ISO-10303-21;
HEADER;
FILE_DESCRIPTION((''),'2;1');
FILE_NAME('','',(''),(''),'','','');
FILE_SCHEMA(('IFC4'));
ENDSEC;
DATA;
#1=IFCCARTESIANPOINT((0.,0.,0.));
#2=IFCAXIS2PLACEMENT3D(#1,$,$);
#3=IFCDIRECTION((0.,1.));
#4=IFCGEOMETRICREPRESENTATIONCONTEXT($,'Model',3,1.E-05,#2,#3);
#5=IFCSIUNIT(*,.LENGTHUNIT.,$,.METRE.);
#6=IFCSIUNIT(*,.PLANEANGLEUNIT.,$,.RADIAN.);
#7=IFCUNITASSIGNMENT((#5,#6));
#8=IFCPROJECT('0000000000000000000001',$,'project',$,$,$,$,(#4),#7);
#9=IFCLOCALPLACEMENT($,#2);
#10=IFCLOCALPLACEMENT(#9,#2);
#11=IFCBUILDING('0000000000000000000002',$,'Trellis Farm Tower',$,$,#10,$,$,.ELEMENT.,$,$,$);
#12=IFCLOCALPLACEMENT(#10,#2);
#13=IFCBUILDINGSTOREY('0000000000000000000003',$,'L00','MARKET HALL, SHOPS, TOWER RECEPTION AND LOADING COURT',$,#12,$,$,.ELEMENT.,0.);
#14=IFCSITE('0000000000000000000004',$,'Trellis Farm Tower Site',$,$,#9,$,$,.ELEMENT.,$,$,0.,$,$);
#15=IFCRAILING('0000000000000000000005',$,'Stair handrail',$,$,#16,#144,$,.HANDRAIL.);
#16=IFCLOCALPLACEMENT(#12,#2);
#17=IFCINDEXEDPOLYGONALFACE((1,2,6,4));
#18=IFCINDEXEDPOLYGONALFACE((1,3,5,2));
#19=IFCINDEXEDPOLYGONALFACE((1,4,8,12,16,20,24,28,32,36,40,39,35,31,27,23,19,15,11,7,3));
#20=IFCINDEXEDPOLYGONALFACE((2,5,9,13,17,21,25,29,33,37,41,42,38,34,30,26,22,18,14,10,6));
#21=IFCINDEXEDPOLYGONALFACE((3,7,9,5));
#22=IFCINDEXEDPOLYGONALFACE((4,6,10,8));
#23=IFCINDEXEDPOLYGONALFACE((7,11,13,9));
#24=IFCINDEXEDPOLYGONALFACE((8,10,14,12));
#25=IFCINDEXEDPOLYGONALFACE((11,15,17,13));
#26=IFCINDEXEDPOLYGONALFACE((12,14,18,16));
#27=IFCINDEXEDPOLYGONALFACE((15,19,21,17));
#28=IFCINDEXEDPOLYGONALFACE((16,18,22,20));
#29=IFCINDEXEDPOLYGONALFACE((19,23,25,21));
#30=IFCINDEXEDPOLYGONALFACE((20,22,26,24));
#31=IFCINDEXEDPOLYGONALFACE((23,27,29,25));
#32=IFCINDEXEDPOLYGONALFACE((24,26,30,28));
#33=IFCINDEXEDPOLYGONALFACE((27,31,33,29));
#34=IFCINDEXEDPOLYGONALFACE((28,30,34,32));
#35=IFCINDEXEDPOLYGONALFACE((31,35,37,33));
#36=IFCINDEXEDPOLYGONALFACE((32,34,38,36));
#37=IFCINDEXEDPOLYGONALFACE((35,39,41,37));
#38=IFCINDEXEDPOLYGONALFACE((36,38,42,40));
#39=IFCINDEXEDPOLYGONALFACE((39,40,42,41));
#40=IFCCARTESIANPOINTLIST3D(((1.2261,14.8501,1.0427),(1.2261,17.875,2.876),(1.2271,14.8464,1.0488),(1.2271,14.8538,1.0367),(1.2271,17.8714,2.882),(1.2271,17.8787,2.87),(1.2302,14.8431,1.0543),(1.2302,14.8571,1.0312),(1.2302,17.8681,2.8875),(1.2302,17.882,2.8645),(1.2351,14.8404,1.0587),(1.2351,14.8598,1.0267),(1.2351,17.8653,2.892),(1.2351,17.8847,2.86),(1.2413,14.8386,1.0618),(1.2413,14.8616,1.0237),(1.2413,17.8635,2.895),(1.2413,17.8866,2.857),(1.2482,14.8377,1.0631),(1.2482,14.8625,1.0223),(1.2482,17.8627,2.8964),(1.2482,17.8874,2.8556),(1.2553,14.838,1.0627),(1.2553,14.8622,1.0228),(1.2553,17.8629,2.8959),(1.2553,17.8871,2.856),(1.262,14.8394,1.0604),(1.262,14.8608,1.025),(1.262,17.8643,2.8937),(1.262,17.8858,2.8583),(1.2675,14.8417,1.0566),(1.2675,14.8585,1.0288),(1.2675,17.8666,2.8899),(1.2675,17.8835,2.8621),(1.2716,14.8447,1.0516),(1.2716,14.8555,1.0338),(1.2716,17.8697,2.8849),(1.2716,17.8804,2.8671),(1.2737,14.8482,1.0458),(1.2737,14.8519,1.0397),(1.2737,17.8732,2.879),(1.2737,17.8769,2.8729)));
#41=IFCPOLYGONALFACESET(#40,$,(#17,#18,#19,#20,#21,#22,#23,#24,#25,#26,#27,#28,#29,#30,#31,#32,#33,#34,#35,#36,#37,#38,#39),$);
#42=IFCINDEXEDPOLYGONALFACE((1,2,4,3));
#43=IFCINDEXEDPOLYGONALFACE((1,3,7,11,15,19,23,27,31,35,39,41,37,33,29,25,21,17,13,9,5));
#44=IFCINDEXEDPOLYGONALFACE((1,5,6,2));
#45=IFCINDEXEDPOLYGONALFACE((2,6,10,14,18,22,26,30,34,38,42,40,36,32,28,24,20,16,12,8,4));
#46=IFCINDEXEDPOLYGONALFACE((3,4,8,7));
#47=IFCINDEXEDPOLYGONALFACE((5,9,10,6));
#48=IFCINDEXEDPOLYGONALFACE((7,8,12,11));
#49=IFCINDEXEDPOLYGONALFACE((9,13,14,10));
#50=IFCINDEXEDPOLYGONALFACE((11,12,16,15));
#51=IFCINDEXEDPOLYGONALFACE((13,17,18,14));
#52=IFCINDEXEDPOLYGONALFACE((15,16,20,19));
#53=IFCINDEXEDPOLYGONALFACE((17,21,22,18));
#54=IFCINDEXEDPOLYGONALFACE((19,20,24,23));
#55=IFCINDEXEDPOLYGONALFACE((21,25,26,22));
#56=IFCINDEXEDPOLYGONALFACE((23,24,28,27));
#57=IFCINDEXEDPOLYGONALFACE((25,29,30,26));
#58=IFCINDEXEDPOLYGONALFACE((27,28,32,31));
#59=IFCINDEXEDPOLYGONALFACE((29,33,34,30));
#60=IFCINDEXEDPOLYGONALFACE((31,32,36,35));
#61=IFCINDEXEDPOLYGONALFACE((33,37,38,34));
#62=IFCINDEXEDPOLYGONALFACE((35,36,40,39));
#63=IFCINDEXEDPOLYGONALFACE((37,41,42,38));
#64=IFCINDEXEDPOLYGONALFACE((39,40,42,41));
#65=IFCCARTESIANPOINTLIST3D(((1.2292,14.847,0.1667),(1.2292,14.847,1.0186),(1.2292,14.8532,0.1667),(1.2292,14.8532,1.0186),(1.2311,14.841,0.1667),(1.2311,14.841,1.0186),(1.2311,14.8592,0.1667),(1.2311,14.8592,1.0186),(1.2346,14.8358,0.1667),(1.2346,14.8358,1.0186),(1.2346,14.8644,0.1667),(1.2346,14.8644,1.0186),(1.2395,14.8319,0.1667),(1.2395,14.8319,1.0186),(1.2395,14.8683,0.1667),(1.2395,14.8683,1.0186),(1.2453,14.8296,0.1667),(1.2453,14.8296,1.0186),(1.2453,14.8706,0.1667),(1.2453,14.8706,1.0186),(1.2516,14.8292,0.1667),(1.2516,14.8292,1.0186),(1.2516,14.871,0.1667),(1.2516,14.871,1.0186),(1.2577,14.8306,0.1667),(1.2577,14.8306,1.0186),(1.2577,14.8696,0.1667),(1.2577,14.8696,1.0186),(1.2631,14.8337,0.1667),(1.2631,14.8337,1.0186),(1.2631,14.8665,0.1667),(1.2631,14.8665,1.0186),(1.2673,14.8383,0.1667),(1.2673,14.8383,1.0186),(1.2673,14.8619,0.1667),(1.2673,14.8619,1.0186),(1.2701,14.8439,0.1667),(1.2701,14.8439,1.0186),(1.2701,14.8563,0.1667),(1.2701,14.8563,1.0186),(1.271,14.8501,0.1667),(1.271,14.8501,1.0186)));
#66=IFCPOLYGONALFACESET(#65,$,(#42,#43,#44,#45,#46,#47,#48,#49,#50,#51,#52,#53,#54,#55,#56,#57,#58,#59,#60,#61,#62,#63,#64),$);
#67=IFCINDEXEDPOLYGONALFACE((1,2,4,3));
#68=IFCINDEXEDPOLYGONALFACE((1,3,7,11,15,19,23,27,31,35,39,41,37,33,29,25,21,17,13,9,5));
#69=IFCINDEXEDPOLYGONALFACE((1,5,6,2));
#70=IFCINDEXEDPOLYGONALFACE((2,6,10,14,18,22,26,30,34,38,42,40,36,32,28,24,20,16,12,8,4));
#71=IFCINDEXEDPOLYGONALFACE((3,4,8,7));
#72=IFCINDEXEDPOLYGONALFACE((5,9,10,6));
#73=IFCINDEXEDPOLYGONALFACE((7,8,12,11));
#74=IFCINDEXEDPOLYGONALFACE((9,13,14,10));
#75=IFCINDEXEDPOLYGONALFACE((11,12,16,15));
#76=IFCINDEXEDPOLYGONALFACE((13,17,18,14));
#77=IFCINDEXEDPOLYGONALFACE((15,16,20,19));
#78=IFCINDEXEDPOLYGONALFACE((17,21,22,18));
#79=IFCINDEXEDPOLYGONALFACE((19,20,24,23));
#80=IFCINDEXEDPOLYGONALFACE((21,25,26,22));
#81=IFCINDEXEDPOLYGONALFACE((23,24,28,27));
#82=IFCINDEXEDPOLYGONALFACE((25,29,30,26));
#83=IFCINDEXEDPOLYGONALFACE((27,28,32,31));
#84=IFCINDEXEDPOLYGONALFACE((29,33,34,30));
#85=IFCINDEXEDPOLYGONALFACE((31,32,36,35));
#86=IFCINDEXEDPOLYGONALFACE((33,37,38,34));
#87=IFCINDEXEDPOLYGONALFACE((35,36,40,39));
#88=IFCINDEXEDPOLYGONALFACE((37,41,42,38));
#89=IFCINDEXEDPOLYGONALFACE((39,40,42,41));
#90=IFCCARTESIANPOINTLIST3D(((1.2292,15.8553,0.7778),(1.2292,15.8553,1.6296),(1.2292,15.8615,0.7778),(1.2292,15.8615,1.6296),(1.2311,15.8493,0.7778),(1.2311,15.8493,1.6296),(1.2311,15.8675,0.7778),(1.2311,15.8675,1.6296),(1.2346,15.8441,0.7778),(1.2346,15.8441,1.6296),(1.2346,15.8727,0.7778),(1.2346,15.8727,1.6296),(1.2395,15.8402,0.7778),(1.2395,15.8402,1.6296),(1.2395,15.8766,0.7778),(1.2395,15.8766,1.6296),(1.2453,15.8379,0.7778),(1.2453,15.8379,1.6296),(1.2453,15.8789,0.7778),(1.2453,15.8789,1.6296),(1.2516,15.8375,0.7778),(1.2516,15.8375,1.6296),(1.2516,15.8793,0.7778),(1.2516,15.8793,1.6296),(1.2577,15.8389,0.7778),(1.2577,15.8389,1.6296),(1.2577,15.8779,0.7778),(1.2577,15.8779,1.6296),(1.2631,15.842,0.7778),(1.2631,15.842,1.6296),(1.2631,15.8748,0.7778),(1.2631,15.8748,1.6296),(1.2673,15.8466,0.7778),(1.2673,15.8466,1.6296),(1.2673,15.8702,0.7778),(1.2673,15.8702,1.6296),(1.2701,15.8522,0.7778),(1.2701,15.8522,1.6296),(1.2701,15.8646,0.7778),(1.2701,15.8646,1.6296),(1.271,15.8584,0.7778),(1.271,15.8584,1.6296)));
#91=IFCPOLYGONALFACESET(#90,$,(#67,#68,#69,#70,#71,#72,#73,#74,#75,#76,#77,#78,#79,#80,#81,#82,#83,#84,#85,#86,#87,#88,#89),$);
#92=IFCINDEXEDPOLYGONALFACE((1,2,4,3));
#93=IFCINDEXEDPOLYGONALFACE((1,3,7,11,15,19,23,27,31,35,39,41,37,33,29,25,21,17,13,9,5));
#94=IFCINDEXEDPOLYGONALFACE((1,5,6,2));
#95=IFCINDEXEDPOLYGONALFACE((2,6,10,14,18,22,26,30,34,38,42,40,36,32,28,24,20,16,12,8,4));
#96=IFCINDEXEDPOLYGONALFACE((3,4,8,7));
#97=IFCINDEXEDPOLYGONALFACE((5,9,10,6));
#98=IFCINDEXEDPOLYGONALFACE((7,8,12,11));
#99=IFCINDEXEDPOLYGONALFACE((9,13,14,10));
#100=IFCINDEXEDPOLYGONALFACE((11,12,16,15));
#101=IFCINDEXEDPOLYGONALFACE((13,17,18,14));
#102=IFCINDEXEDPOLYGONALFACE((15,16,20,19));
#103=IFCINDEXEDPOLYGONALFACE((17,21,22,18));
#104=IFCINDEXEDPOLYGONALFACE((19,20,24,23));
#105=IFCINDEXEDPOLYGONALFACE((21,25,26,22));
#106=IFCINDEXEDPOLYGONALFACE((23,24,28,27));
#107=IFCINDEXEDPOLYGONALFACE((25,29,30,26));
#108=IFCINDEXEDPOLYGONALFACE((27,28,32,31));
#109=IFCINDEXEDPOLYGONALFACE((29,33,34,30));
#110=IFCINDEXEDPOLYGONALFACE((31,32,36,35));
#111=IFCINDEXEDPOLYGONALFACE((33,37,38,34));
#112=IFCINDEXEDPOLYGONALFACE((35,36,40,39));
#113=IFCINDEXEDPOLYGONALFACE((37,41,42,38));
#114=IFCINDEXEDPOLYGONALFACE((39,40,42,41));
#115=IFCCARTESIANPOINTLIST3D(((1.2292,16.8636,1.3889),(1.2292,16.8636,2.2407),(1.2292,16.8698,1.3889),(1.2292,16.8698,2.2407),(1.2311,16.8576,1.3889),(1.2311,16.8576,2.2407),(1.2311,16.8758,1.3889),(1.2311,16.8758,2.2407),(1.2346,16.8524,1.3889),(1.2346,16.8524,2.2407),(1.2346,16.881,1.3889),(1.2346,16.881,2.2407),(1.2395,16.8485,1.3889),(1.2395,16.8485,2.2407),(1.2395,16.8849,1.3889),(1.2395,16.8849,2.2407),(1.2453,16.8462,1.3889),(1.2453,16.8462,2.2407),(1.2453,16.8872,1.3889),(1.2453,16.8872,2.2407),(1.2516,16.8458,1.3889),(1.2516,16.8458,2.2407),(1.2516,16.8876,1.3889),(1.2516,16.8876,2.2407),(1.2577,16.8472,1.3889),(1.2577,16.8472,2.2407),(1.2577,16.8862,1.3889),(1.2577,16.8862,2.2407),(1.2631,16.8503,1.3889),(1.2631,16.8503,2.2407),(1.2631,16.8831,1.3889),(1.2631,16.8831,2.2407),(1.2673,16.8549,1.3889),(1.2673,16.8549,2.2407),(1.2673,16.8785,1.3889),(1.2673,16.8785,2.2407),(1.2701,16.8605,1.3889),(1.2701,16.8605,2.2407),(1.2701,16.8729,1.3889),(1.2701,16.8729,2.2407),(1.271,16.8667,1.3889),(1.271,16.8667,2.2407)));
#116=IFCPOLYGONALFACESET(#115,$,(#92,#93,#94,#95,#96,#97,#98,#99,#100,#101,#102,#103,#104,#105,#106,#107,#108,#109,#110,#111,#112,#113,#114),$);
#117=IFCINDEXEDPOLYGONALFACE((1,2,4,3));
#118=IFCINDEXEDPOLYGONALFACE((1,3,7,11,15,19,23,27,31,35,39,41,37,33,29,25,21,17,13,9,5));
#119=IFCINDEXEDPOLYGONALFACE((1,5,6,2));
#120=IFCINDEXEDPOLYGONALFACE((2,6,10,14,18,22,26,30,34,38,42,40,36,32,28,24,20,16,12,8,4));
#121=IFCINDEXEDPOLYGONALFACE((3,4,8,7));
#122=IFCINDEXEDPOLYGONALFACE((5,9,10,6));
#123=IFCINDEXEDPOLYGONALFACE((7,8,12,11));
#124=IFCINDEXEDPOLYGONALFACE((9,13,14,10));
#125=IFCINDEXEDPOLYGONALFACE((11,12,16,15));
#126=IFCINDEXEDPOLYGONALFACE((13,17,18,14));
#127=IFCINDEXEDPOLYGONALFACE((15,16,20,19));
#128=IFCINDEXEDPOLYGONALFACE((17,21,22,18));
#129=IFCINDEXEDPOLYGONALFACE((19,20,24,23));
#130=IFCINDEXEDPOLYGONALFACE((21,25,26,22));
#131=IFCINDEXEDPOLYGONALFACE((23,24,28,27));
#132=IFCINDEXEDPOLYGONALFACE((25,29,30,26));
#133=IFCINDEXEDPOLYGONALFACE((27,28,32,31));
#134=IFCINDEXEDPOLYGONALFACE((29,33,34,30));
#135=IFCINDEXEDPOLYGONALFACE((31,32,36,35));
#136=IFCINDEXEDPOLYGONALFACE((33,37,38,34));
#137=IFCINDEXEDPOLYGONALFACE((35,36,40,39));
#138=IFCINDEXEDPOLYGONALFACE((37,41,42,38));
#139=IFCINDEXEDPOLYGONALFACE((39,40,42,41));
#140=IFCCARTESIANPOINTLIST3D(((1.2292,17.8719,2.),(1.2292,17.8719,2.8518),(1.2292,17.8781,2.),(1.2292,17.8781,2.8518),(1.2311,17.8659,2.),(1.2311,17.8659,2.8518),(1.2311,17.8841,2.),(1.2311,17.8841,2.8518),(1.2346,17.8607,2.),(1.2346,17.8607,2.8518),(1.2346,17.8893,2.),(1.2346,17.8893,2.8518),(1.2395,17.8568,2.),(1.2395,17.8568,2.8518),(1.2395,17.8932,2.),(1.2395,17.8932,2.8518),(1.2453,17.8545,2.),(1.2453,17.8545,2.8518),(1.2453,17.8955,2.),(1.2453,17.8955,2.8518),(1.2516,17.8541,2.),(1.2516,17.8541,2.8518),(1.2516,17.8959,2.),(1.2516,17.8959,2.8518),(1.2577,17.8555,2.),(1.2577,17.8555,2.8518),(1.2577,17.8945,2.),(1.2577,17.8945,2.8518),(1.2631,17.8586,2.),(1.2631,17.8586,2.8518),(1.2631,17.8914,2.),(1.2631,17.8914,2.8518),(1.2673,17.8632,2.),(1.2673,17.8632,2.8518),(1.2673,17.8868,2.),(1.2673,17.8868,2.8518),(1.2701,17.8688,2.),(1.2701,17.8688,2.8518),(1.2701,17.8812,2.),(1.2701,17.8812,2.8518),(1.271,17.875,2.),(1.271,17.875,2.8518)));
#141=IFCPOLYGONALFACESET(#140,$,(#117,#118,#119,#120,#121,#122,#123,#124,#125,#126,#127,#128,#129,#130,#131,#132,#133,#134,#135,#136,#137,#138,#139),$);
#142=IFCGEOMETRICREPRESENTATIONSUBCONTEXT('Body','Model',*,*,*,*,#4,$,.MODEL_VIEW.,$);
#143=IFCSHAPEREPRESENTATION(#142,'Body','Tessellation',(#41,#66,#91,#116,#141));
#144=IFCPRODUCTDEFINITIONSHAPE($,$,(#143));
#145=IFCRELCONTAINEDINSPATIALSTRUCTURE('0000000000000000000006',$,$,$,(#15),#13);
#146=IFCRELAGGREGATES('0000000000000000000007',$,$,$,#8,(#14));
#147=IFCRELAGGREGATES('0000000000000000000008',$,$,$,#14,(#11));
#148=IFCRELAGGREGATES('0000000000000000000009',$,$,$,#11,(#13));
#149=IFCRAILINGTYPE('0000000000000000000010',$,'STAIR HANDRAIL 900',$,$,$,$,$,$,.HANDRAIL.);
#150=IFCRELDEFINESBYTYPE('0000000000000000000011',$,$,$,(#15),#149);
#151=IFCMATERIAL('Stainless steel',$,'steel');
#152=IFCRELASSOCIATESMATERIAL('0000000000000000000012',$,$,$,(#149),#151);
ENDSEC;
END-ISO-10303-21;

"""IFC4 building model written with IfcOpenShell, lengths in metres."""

from ifc_helpers import new_model, si_unit, direction, frame, origin, origin_2d, place, context, subcontext, project, spatial, circle, extrude, source, transform, mapped, material, type_object, element, save


model = new_model("IFC4")

# Units and contexts
model_context = context("Model", 3, precision=1e-05, world=origin(), true_north=direction((0.0, 1.0)))
body_context = subcontext(model_context, "Body", "Model", "MODEL_VIEW")
ifc_project = project(units=[si_unit("LENGTHUNIT", "METRE"), si_unit("PLANEANGLEUNIT", "RADIAN")], contexts=[model_context])

# Site, building, storey
site_placement = place(None, origin())
site = spatial("IfcSite", under=ifc_project, at=site_placement, Name="Trellis Farm Tower Site", CompositionType="ELEMENT", RefElevation=0.0)
building_placement = place(site_placement, origin())
building = spatial("IfcBuilding", under=site, at=building_placement, Name="Trellis Farm Tower", CompositionType="ELEMENT")
storey_placement = place(building_placement, origin())
storey = spatial("IfcBuildingStorey", under=building, at=storey_placement, Name="L00", Description="MARKET HALL, SHOPS, TOWER RECEPTION AND LOADING COURT", CompositionType="ELEMENT", Elevation=0.0)

# Railing
ifc_material_1 = material(Name="Stainless steel", Category="steel")
railing_type = type_object("IfcRailingType", Name="STAIR HANDRAIL 900", PredefinedType="HANDRAIL", material=ifc_material_1)
shared_shape_1 = source(origin(), body_context, "Body", "SweptSolid", [
    extrude(circle(Radius=0.0239, at=origin_2d()), frame((0.0, 0.0, 0.876), z_axis=(0.0, 0.855201, 0.518297), x_axis=(-1.0, 0.0, 0.0)), (0.0, 0.0, 1.0), 3.5371),
    extrude(circle(Radius=0.021, at=origin_2d()), origin(), (0.0, 0.0, 1.0), 0.8518),
    extrude(circle(Radius=0.021, at=origin_2d()), frame((0.0, 1.0083, 0.6111)), (0.0, 0.0, 1.0), 0.8518),
    extrude(circle(Radius=0.021, at=origin_2d()), frame((0.0, 2.0166, 1.2222)), (0.0, 0.0, 1.0), 0.8518),
    extrude(circle(Radius=0.021, at=origin_2d()), frame((0.0, 3.0249, 1.8333)), (0.0, 0.0, 1.0), 0.8518),
])
for number, where, name in (
    (1, (1.25, 14.8501, 0.1667), "Stair handrail"),
):
    element("IfcRailing", number, at=place(storey_placement, frame(where)), inside=storey, type_object=railing_type, Name=name, PredefinedType="HANDRAIL", context=body_context, shape_type="MappedRepresentation", body=[
        mapped(shared_shape_1, transform((0.0, 0.0, 0.0))),
    ])

save(model, "model.ifc")
